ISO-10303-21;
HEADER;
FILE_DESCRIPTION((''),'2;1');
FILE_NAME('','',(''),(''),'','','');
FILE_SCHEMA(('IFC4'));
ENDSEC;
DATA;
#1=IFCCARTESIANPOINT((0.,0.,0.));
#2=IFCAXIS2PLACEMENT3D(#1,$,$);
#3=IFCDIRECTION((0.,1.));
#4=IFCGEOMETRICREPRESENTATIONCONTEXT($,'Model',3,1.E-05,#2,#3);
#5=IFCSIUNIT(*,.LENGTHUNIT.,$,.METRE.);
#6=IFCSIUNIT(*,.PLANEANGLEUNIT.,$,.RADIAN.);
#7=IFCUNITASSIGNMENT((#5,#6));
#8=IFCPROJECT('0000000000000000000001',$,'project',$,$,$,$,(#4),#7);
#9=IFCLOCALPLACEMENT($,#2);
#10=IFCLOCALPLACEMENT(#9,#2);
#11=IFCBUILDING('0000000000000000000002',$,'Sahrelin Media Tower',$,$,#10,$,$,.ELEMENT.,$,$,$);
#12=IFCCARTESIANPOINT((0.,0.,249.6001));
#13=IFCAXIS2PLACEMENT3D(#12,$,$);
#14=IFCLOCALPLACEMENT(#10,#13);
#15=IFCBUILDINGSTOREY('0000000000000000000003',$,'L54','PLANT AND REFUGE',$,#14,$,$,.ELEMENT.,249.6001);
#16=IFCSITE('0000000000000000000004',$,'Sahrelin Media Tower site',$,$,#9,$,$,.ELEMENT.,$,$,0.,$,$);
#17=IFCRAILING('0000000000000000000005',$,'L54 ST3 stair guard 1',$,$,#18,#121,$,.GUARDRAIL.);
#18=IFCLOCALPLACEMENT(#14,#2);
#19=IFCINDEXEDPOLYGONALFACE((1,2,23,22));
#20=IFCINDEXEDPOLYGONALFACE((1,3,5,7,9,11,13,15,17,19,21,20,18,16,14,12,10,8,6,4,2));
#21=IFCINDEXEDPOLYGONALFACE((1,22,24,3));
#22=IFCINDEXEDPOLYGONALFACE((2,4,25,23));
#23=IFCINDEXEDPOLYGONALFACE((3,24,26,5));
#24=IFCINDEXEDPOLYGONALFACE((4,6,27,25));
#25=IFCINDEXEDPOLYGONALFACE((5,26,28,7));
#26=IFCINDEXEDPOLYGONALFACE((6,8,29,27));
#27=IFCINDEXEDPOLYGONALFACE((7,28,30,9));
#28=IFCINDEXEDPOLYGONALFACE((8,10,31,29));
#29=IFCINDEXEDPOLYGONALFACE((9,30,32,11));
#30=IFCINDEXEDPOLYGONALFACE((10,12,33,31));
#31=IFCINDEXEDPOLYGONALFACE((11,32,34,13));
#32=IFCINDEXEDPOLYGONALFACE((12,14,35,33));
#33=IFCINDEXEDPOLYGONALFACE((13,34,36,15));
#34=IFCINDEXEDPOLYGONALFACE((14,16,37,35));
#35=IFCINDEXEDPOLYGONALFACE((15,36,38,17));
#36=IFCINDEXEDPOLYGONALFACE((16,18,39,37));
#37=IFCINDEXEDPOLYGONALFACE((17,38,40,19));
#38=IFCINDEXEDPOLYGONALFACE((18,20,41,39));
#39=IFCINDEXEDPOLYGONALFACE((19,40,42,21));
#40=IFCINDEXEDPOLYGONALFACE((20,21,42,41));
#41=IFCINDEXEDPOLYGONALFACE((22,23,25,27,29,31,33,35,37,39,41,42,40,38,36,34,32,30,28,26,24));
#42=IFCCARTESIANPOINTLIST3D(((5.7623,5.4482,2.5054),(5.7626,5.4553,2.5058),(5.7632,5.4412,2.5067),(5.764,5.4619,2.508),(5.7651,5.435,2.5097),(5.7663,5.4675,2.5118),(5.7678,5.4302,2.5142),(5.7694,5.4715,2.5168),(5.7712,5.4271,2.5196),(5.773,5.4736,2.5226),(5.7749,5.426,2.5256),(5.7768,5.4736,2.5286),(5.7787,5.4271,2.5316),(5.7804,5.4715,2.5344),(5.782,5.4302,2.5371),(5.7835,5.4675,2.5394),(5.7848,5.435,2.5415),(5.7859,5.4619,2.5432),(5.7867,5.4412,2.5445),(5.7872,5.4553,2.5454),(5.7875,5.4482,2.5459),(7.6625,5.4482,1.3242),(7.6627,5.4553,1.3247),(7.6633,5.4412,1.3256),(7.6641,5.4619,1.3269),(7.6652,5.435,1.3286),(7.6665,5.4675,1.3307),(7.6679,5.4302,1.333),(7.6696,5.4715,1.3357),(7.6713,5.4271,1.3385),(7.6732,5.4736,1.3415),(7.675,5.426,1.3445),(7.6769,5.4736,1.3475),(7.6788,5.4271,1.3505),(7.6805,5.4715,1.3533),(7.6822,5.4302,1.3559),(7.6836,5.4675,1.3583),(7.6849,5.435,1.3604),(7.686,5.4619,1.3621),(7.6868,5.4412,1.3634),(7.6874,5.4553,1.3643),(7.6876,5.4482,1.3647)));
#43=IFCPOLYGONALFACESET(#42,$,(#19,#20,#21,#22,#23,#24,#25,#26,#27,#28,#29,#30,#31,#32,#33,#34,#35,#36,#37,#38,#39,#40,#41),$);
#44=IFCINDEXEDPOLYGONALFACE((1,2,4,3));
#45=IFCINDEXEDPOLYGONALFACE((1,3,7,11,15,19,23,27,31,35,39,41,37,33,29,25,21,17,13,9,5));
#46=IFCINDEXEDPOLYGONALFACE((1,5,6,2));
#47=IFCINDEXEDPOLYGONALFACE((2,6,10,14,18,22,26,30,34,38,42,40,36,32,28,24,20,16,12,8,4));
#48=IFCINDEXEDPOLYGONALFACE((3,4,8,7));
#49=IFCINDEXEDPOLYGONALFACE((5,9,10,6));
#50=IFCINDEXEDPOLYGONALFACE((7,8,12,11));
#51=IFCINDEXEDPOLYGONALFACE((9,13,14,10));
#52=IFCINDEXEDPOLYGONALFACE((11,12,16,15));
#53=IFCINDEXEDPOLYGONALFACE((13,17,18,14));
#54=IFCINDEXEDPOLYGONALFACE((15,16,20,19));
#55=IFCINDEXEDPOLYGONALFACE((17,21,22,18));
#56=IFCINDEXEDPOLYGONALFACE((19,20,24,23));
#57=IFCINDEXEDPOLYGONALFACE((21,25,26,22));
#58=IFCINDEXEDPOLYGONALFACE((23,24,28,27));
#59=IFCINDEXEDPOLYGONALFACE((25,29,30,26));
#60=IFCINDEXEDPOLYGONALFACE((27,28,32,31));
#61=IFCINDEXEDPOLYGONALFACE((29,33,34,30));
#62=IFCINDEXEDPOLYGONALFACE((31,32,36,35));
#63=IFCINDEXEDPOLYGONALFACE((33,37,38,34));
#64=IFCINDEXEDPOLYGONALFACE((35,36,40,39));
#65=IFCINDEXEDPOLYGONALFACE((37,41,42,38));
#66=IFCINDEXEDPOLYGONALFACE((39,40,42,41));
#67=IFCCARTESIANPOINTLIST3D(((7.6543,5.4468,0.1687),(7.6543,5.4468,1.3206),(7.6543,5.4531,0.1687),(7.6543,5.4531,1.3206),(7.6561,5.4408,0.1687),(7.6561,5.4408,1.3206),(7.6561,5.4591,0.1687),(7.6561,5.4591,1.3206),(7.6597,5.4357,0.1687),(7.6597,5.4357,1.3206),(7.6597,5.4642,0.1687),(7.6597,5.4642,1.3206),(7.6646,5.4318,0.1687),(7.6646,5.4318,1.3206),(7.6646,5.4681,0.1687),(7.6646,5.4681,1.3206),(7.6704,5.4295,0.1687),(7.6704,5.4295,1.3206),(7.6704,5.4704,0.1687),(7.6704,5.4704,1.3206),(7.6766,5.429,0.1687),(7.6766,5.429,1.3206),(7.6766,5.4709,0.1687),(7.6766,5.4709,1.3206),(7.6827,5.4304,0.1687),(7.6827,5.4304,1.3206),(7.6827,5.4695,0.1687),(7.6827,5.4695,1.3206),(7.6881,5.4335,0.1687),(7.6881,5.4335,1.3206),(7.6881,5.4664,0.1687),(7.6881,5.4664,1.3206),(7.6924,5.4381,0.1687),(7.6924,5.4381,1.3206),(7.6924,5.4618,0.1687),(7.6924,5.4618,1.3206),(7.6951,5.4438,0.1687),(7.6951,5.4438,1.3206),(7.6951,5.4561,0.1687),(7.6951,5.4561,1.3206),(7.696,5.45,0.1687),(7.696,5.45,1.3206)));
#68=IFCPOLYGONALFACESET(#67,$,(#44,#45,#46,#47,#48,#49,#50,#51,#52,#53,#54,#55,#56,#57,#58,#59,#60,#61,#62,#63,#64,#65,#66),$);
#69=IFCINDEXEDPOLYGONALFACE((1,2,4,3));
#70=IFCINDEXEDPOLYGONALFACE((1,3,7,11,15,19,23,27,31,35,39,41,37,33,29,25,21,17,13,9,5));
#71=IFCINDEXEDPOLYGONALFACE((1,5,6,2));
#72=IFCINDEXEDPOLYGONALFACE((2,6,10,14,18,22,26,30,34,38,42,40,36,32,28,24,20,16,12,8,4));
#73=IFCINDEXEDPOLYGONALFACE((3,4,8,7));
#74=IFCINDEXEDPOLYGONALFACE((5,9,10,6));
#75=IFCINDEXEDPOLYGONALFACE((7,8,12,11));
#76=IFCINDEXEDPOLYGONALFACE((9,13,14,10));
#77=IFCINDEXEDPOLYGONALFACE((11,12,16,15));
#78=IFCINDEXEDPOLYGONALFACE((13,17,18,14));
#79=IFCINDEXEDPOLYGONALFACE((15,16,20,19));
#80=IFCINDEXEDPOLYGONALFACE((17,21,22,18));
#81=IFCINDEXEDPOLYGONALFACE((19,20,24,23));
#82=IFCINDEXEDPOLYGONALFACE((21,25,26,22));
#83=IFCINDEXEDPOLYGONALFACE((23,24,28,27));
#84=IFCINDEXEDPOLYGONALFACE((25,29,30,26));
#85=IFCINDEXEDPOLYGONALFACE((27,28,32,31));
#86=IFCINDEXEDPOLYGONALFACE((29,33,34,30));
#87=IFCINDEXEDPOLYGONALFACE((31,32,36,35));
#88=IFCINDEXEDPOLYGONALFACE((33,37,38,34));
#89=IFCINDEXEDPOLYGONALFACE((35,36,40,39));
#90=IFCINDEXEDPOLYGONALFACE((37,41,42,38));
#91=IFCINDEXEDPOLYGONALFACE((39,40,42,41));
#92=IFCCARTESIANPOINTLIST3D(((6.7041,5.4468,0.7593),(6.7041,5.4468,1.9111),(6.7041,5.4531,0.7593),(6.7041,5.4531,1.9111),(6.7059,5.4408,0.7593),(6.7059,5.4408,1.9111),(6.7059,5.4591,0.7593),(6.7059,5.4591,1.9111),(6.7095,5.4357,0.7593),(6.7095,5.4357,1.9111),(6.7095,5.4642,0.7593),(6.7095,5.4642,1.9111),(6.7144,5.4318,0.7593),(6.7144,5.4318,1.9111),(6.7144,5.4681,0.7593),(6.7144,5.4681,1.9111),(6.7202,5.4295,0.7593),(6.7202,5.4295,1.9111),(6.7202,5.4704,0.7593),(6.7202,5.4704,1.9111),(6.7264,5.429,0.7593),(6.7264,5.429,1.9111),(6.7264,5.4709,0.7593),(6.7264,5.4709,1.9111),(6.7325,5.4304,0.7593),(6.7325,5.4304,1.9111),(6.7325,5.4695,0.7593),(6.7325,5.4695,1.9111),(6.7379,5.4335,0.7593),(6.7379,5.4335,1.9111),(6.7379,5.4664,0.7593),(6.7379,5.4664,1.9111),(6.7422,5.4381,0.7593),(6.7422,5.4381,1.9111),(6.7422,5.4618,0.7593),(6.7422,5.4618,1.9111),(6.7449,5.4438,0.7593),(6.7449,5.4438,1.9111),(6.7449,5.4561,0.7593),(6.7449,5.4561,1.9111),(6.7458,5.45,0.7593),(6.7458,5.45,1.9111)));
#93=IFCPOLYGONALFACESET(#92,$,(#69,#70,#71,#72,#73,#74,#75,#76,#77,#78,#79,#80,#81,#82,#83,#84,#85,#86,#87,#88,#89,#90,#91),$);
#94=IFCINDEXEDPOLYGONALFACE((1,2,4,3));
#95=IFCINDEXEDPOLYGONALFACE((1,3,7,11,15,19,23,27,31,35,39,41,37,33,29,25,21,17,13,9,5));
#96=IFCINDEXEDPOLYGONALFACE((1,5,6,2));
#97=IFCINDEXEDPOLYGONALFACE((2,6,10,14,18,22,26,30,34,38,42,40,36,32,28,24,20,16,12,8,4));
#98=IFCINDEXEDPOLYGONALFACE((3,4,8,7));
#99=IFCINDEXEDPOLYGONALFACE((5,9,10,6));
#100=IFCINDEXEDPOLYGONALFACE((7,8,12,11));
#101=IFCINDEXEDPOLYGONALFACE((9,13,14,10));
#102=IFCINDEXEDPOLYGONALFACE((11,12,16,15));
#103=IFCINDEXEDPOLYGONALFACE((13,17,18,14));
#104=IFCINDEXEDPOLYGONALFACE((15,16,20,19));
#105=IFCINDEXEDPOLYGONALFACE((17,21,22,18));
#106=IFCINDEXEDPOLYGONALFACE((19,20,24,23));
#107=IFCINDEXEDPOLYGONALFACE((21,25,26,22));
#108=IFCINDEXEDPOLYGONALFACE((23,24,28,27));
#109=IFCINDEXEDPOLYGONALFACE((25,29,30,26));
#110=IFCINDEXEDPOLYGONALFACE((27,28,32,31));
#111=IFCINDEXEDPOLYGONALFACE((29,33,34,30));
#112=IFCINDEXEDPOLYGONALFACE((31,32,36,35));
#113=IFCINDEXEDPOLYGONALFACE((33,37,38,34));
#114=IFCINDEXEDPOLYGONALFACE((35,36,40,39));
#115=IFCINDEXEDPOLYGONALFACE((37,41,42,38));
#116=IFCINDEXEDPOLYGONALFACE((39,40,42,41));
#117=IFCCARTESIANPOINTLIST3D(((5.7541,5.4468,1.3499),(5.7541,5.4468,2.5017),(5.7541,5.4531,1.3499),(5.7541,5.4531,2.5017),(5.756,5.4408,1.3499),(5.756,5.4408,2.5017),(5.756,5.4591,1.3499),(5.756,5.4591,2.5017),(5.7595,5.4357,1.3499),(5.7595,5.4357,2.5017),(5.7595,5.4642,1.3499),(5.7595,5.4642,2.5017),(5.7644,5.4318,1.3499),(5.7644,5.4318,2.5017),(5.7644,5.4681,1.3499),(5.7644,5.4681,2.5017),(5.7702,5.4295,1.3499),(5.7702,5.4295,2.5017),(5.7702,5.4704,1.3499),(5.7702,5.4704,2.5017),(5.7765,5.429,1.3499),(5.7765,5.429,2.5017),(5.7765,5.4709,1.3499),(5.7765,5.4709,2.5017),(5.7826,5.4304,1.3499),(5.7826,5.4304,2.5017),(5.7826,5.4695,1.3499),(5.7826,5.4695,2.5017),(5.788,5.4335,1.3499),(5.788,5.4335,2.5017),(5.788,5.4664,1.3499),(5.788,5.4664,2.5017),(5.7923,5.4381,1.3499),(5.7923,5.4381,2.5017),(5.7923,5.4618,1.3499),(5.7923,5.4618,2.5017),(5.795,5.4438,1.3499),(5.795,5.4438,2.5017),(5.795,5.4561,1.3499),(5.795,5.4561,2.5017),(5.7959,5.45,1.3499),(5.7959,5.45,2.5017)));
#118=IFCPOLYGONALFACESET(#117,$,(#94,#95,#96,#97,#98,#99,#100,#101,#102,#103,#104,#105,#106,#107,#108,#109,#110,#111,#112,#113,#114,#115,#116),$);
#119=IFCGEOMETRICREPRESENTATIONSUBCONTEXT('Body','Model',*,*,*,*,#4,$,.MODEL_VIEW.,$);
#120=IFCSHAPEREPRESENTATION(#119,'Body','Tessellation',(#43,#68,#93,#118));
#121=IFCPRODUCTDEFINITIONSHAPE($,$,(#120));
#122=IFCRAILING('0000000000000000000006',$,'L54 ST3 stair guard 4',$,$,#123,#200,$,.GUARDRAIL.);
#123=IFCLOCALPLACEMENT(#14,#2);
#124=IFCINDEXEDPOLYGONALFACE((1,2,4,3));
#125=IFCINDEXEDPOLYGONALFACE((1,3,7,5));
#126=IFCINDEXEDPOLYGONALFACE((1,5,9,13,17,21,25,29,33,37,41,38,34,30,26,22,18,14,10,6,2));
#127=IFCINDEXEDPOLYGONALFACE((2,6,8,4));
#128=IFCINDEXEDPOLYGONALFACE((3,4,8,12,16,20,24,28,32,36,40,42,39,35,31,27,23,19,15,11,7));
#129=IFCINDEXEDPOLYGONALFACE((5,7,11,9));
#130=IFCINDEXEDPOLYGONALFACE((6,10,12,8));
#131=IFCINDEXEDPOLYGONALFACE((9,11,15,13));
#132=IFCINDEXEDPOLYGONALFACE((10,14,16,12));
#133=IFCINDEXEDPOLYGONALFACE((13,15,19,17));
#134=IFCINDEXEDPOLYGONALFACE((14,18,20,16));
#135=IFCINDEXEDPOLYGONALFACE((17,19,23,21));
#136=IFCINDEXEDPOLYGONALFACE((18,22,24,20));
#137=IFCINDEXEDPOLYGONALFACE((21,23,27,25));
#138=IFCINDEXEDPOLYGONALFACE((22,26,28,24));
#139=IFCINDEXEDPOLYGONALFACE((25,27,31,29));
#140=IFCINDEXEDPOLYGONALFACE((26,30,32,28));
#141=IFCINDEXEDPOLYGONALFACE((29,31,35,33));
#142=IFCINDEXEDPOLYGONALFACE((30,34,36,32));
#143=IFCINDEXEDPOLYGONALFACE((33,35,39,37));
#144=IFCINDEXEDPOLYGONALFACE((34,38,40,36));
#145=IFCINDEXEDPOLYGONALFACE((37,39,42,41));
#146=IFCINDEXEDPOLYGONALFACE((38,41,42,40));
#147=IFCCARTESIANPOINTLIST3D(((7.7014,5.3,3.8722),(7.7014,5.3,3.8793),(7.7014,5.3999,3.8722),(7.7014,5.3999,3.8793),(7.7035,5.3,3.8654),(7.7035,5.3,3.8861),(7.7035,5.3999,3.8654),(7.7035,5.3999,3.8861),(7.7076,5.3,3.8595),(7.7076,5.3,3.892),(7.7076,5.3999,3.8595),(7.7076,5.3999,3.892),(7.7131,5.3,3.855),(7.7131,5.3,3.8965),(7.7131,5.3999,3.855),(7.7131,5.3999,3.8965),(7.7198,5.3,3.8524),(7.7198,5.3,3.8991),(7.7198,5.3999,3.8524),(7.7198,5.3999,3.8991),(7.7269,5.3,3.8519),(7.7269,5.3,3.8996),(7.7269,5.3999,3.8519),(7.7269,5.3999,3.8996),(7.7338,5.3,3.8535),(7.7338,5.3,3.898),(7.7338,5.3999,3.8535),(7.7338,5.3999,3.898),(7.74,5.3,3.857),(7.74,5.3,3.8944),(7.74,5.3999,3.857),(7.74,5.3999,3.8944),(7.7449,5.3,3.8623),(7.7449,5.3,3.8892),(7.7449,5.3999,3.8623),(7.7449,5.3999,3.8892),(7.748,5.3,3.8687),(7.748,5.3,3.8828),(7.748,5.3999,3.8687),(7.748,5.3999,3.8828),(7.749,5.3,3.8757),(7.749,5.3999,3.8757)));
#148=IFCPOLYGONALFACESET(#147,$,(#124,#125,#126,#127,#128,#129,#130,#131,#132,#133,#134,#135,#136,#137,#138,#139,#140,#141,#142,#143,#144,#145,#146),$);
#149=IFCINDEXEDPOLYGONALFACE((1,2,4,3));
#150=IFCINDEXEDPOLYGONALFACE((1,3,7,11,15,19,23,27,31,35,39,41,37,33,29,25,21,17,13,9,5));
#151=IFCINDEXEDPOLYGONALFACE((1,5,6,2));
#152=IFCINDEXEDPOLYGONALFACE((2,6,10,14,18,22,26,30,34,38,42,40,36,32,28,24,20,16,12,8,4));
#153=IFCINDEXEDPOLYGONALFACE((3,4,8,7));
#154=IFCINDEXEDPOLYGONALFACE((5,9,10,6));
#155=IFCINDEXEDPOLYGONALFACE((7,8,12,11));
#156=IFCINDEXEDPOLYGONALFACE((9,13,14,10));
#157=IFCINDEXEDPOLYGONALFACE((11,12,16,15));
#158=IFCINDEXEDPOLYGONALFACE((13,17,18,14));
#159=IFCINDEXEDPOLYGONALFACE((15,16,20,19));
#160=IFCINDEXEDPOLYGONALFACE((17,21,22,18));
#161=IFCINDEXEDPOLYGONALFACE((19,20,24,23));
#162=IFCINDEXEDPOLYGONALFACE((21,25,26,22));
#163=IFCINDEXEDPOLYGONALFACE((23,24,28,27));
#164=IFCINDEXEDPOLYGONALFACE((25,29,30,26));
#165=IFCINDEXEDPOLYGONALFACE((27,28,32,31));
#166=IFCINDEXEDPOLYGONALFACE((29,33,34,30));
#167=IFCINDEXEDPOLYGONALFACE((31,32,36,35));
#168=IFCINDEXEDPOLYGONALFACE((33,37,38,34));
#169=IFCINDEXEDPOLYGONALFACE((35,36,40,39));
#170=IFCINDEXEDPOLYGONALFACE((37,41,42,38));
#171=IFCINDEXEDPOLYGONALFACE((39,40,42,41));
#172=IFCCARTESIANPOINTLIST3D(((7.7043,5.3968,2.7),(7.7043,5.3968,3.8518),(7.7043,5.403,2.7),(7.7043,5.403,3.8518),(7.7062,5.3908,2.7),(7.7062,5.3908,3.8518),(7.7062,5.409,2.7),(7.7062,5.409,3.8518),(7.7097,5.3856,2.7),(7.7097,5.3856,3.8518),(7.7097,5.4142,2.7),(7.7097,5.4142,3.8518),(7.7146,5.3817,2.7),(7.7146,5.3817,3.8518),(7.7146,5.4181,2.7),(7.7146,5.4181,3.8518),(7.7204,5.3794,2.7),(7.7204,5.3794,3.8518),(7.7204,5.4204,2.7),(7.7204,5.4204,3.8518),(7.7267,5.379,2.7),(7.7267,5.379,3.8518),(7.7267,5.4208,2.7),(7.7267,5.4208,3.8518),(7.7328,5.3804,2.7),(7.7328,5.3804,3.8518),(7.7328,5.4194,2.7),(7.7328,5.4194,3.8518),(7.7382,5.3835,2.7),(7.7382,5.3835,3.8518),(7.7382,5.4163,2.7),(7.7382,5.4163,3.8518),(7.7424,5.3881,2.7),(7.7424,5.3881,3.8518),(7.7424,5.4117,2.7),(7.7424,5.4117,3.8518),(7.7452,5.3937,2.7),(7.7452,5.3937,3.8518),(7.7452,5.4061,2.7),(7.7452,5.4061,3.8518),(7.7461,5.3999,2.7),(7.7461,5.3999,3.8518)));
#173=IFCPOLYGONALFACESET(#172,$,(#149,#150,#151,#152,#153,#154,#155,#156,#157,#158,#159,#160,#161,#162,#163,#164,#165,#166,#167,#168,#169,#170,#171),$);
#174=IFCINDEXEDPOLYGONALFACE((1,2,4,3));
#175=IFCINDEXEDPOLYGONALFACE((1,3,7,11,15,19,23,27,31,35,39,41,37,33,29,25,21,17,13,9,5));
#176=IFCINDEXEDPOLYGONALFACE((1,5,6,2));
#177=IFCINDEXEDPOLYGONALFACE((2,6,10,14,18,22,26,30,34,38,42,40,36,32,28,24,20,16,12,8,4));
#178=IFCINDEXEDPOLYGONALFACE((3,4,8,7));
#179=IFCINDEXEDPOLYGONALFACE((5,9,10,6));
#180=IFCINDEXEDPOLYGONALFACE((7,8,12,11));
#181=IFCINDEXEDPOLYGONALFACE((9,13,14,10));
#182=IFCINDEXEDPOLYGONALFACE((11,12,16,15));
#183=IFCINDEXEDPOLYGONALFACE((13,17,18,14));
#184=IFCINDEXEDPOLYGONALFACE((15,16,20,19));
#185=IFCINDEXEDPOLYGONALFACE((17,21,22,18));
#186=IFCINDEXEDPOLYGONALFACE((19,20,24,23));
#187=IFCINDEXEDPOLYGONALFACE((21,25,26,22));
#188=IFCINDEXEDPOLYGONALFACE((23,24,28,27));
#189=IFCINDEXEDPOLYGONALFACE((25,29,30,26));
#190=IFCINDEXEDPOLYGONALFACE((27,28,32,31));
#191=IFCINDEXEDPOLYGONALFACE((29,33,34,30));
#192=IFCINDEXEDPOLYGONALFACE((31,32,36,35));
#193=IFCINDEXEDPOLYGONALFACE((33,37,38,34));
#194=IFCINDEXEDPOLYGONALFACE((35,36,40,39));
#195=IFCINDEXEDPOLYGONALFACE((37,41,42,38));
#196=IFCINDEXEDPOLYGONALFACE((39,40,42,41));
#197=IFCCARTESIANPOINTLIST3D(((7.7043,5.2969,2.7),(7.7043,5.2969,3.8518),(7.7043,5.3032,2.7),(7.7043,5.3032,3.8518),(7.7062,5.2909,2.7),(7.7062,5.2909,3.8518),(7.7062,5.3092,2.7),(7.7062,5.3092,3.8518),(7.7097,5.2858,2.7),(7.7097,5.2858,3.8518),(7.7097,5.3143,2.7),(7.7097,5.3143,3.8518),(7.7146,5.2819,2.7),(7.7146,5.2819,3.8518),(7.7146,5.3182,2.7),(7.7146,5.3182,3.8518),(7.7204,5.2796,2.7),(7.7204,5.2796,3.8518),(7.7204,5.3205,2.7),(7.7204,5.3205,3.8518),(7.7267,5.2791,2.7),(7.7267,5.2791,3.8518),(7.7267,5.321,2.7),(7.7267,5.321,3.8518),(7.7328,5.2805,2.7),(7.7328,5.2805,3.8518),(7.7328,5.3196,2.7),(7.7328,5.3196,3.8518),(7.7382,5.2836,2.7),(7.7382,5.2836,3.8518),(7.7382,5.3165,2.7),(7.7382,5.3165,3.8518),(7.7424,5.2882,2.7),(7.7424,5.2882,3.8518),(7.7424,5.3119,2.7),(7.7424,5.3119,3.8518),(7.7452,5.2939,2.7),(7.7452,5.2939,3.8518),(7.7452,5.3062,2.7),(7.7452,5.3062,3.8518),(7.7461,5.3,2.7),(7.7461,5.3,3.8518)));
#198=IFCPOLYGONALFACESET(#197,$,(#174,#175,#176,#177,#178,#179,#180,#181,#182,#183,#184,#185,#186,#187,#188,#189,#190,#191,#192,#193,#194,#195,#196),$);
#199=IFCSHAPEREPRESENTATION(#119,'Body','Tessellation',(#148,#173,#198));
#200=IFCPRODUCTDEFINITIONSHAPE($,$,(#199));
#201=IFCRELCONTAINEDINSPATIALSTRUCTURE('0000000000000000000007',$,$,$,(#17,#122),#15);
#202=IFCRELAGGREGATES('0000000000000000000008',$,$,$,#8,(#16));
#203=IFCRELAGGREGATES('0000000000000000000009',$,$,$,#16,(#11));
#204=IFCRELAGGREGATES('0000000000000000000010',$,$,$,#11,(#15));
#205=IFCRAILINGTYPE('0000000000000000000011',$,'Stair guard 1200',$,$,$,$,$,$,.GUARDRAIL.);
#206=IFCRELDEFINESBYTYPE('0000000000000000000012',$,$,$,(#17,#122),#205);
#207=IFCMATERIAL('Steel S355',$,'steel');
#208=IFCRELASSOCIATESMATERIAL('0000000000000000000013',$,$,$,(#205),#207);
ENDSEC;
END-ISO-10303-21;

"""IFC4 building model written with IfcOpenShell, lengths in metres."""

from ifc_helpers import new_model, si_unit, direction, frame, origin, origin_2d, place, context, subcontext, project, spatial, circle, extrude, material, type_object, element, save


model = new_model("IFC4")

# Units and contexts
model_context = context("Model", 3, precision=1e-05, world=origin(), true_north=direction((0.0, 1.0)))
body_context = subcontext(model_context, "Body", "Model", "MODEL_VIEW")
ifc_project = project(units=[si_unit("LENGTHUNIT", "METRE"), si_unit("PLANEANGLEUNIT", "RADIAN")], contexts=[model_context])

# Site, building, storey
site_placement = place(None, origin())
site = spatial("IfcSite", under=ifc_project, at=site_placement, Name="Sahrelin Media Tower site", CompositionType="ELEMENT", RefElevation=0.0)
building_placement = place(site_placement, origin())
building = spatial("IfcBuilding", under=site, at=building_placement, Name="Sahrelin Media Tower", CompositionType="ELEMENT")
storey_placement = place(building_placement, frame((0.0, 0.0, 249.6001)))
storey = spatial("IfcBuildingStorey", under=building, at=storey_placement, Name="L54", Description="PLANT AND REFUGE", CompositionType="ELEMENT", Elevation=249.6001)

# Shared definitions
ifc_material_1 = material(Name="Steel S355", Category="steel")

# Railings
railing_type_1 = type_object("IfcRailingType", Name="Stair guard 1200", PredefinedType="GUARDRAIL", material=ifc_material_1)
railing_1_placement = place(storey_placement, frame((7.675, 5.45, 0.1687)))
element("IfcRailing", 1, at=railing_1_placement, inside=storey, type_object=railing_type_1, Name="L54 ST3 stair guard 1", PredefinedType="GUARDRAIL", context=body_context, shape_type="SweptSolid", body=[
    extrude(circle(Radius=0.0239, at=origin_2d()), frame((0.0, 0.0, 1.1758), z_axis=(-0.849289, 0.0, 0.527928), x_axis=(0.0, -1.0, 0.0)), (0.0, 0.0, 1.0), 2.2373),
    extrude(circle(Radius=0.021, at=origin_2d()), origin(), (0.0, 0.0, 1.0), 1.1519),
    extrude(circle(Radius=0.021, at=origin_2d()), frame((-0.9502, 0.0, 0.5906)), (0.0, 0.0, 1.0), 1.1519),
    extrude(circle(Radius=0.021, at=origin_2d()), frame((-1.9001, 0.0, 1.1812)), (0.0, 0.0, 1.0), 1.1519),
])
railing_2_placement = place(storey_placement, frame((7.7251, 5.3999, 2.7)))
element("IfcRailing", 2, at=railing_2_placement, inside=storey, type_object=railing_type_1, Name="L54 ST3 stair guard 4", PredefinedType="GUARDRAIL", context=body_context, shape_type="SweptSolid", body=[
    extrude(circle(Radius=0.0239, at=origin_2d()), frame((0.0, 0.0, 1.1758), z_axis=(0.0, -1.0, 0.0), x_axis=(1.0, 0.0, 0.0)), (0.0, 0.0, 1.0), 0.0999),
    extrude(circle(Radius=0.021, at=origin_2d()), origin(), (0.0, 0.0, 1.0), 1.1519),
    extrude(circle(Radius=0.021, at=origin_2d()), frame((0.0, -0.0999, 0.0)), (0.0, 0.0, 1.0), 1.1519),
])

save(model, "model.ifc")
